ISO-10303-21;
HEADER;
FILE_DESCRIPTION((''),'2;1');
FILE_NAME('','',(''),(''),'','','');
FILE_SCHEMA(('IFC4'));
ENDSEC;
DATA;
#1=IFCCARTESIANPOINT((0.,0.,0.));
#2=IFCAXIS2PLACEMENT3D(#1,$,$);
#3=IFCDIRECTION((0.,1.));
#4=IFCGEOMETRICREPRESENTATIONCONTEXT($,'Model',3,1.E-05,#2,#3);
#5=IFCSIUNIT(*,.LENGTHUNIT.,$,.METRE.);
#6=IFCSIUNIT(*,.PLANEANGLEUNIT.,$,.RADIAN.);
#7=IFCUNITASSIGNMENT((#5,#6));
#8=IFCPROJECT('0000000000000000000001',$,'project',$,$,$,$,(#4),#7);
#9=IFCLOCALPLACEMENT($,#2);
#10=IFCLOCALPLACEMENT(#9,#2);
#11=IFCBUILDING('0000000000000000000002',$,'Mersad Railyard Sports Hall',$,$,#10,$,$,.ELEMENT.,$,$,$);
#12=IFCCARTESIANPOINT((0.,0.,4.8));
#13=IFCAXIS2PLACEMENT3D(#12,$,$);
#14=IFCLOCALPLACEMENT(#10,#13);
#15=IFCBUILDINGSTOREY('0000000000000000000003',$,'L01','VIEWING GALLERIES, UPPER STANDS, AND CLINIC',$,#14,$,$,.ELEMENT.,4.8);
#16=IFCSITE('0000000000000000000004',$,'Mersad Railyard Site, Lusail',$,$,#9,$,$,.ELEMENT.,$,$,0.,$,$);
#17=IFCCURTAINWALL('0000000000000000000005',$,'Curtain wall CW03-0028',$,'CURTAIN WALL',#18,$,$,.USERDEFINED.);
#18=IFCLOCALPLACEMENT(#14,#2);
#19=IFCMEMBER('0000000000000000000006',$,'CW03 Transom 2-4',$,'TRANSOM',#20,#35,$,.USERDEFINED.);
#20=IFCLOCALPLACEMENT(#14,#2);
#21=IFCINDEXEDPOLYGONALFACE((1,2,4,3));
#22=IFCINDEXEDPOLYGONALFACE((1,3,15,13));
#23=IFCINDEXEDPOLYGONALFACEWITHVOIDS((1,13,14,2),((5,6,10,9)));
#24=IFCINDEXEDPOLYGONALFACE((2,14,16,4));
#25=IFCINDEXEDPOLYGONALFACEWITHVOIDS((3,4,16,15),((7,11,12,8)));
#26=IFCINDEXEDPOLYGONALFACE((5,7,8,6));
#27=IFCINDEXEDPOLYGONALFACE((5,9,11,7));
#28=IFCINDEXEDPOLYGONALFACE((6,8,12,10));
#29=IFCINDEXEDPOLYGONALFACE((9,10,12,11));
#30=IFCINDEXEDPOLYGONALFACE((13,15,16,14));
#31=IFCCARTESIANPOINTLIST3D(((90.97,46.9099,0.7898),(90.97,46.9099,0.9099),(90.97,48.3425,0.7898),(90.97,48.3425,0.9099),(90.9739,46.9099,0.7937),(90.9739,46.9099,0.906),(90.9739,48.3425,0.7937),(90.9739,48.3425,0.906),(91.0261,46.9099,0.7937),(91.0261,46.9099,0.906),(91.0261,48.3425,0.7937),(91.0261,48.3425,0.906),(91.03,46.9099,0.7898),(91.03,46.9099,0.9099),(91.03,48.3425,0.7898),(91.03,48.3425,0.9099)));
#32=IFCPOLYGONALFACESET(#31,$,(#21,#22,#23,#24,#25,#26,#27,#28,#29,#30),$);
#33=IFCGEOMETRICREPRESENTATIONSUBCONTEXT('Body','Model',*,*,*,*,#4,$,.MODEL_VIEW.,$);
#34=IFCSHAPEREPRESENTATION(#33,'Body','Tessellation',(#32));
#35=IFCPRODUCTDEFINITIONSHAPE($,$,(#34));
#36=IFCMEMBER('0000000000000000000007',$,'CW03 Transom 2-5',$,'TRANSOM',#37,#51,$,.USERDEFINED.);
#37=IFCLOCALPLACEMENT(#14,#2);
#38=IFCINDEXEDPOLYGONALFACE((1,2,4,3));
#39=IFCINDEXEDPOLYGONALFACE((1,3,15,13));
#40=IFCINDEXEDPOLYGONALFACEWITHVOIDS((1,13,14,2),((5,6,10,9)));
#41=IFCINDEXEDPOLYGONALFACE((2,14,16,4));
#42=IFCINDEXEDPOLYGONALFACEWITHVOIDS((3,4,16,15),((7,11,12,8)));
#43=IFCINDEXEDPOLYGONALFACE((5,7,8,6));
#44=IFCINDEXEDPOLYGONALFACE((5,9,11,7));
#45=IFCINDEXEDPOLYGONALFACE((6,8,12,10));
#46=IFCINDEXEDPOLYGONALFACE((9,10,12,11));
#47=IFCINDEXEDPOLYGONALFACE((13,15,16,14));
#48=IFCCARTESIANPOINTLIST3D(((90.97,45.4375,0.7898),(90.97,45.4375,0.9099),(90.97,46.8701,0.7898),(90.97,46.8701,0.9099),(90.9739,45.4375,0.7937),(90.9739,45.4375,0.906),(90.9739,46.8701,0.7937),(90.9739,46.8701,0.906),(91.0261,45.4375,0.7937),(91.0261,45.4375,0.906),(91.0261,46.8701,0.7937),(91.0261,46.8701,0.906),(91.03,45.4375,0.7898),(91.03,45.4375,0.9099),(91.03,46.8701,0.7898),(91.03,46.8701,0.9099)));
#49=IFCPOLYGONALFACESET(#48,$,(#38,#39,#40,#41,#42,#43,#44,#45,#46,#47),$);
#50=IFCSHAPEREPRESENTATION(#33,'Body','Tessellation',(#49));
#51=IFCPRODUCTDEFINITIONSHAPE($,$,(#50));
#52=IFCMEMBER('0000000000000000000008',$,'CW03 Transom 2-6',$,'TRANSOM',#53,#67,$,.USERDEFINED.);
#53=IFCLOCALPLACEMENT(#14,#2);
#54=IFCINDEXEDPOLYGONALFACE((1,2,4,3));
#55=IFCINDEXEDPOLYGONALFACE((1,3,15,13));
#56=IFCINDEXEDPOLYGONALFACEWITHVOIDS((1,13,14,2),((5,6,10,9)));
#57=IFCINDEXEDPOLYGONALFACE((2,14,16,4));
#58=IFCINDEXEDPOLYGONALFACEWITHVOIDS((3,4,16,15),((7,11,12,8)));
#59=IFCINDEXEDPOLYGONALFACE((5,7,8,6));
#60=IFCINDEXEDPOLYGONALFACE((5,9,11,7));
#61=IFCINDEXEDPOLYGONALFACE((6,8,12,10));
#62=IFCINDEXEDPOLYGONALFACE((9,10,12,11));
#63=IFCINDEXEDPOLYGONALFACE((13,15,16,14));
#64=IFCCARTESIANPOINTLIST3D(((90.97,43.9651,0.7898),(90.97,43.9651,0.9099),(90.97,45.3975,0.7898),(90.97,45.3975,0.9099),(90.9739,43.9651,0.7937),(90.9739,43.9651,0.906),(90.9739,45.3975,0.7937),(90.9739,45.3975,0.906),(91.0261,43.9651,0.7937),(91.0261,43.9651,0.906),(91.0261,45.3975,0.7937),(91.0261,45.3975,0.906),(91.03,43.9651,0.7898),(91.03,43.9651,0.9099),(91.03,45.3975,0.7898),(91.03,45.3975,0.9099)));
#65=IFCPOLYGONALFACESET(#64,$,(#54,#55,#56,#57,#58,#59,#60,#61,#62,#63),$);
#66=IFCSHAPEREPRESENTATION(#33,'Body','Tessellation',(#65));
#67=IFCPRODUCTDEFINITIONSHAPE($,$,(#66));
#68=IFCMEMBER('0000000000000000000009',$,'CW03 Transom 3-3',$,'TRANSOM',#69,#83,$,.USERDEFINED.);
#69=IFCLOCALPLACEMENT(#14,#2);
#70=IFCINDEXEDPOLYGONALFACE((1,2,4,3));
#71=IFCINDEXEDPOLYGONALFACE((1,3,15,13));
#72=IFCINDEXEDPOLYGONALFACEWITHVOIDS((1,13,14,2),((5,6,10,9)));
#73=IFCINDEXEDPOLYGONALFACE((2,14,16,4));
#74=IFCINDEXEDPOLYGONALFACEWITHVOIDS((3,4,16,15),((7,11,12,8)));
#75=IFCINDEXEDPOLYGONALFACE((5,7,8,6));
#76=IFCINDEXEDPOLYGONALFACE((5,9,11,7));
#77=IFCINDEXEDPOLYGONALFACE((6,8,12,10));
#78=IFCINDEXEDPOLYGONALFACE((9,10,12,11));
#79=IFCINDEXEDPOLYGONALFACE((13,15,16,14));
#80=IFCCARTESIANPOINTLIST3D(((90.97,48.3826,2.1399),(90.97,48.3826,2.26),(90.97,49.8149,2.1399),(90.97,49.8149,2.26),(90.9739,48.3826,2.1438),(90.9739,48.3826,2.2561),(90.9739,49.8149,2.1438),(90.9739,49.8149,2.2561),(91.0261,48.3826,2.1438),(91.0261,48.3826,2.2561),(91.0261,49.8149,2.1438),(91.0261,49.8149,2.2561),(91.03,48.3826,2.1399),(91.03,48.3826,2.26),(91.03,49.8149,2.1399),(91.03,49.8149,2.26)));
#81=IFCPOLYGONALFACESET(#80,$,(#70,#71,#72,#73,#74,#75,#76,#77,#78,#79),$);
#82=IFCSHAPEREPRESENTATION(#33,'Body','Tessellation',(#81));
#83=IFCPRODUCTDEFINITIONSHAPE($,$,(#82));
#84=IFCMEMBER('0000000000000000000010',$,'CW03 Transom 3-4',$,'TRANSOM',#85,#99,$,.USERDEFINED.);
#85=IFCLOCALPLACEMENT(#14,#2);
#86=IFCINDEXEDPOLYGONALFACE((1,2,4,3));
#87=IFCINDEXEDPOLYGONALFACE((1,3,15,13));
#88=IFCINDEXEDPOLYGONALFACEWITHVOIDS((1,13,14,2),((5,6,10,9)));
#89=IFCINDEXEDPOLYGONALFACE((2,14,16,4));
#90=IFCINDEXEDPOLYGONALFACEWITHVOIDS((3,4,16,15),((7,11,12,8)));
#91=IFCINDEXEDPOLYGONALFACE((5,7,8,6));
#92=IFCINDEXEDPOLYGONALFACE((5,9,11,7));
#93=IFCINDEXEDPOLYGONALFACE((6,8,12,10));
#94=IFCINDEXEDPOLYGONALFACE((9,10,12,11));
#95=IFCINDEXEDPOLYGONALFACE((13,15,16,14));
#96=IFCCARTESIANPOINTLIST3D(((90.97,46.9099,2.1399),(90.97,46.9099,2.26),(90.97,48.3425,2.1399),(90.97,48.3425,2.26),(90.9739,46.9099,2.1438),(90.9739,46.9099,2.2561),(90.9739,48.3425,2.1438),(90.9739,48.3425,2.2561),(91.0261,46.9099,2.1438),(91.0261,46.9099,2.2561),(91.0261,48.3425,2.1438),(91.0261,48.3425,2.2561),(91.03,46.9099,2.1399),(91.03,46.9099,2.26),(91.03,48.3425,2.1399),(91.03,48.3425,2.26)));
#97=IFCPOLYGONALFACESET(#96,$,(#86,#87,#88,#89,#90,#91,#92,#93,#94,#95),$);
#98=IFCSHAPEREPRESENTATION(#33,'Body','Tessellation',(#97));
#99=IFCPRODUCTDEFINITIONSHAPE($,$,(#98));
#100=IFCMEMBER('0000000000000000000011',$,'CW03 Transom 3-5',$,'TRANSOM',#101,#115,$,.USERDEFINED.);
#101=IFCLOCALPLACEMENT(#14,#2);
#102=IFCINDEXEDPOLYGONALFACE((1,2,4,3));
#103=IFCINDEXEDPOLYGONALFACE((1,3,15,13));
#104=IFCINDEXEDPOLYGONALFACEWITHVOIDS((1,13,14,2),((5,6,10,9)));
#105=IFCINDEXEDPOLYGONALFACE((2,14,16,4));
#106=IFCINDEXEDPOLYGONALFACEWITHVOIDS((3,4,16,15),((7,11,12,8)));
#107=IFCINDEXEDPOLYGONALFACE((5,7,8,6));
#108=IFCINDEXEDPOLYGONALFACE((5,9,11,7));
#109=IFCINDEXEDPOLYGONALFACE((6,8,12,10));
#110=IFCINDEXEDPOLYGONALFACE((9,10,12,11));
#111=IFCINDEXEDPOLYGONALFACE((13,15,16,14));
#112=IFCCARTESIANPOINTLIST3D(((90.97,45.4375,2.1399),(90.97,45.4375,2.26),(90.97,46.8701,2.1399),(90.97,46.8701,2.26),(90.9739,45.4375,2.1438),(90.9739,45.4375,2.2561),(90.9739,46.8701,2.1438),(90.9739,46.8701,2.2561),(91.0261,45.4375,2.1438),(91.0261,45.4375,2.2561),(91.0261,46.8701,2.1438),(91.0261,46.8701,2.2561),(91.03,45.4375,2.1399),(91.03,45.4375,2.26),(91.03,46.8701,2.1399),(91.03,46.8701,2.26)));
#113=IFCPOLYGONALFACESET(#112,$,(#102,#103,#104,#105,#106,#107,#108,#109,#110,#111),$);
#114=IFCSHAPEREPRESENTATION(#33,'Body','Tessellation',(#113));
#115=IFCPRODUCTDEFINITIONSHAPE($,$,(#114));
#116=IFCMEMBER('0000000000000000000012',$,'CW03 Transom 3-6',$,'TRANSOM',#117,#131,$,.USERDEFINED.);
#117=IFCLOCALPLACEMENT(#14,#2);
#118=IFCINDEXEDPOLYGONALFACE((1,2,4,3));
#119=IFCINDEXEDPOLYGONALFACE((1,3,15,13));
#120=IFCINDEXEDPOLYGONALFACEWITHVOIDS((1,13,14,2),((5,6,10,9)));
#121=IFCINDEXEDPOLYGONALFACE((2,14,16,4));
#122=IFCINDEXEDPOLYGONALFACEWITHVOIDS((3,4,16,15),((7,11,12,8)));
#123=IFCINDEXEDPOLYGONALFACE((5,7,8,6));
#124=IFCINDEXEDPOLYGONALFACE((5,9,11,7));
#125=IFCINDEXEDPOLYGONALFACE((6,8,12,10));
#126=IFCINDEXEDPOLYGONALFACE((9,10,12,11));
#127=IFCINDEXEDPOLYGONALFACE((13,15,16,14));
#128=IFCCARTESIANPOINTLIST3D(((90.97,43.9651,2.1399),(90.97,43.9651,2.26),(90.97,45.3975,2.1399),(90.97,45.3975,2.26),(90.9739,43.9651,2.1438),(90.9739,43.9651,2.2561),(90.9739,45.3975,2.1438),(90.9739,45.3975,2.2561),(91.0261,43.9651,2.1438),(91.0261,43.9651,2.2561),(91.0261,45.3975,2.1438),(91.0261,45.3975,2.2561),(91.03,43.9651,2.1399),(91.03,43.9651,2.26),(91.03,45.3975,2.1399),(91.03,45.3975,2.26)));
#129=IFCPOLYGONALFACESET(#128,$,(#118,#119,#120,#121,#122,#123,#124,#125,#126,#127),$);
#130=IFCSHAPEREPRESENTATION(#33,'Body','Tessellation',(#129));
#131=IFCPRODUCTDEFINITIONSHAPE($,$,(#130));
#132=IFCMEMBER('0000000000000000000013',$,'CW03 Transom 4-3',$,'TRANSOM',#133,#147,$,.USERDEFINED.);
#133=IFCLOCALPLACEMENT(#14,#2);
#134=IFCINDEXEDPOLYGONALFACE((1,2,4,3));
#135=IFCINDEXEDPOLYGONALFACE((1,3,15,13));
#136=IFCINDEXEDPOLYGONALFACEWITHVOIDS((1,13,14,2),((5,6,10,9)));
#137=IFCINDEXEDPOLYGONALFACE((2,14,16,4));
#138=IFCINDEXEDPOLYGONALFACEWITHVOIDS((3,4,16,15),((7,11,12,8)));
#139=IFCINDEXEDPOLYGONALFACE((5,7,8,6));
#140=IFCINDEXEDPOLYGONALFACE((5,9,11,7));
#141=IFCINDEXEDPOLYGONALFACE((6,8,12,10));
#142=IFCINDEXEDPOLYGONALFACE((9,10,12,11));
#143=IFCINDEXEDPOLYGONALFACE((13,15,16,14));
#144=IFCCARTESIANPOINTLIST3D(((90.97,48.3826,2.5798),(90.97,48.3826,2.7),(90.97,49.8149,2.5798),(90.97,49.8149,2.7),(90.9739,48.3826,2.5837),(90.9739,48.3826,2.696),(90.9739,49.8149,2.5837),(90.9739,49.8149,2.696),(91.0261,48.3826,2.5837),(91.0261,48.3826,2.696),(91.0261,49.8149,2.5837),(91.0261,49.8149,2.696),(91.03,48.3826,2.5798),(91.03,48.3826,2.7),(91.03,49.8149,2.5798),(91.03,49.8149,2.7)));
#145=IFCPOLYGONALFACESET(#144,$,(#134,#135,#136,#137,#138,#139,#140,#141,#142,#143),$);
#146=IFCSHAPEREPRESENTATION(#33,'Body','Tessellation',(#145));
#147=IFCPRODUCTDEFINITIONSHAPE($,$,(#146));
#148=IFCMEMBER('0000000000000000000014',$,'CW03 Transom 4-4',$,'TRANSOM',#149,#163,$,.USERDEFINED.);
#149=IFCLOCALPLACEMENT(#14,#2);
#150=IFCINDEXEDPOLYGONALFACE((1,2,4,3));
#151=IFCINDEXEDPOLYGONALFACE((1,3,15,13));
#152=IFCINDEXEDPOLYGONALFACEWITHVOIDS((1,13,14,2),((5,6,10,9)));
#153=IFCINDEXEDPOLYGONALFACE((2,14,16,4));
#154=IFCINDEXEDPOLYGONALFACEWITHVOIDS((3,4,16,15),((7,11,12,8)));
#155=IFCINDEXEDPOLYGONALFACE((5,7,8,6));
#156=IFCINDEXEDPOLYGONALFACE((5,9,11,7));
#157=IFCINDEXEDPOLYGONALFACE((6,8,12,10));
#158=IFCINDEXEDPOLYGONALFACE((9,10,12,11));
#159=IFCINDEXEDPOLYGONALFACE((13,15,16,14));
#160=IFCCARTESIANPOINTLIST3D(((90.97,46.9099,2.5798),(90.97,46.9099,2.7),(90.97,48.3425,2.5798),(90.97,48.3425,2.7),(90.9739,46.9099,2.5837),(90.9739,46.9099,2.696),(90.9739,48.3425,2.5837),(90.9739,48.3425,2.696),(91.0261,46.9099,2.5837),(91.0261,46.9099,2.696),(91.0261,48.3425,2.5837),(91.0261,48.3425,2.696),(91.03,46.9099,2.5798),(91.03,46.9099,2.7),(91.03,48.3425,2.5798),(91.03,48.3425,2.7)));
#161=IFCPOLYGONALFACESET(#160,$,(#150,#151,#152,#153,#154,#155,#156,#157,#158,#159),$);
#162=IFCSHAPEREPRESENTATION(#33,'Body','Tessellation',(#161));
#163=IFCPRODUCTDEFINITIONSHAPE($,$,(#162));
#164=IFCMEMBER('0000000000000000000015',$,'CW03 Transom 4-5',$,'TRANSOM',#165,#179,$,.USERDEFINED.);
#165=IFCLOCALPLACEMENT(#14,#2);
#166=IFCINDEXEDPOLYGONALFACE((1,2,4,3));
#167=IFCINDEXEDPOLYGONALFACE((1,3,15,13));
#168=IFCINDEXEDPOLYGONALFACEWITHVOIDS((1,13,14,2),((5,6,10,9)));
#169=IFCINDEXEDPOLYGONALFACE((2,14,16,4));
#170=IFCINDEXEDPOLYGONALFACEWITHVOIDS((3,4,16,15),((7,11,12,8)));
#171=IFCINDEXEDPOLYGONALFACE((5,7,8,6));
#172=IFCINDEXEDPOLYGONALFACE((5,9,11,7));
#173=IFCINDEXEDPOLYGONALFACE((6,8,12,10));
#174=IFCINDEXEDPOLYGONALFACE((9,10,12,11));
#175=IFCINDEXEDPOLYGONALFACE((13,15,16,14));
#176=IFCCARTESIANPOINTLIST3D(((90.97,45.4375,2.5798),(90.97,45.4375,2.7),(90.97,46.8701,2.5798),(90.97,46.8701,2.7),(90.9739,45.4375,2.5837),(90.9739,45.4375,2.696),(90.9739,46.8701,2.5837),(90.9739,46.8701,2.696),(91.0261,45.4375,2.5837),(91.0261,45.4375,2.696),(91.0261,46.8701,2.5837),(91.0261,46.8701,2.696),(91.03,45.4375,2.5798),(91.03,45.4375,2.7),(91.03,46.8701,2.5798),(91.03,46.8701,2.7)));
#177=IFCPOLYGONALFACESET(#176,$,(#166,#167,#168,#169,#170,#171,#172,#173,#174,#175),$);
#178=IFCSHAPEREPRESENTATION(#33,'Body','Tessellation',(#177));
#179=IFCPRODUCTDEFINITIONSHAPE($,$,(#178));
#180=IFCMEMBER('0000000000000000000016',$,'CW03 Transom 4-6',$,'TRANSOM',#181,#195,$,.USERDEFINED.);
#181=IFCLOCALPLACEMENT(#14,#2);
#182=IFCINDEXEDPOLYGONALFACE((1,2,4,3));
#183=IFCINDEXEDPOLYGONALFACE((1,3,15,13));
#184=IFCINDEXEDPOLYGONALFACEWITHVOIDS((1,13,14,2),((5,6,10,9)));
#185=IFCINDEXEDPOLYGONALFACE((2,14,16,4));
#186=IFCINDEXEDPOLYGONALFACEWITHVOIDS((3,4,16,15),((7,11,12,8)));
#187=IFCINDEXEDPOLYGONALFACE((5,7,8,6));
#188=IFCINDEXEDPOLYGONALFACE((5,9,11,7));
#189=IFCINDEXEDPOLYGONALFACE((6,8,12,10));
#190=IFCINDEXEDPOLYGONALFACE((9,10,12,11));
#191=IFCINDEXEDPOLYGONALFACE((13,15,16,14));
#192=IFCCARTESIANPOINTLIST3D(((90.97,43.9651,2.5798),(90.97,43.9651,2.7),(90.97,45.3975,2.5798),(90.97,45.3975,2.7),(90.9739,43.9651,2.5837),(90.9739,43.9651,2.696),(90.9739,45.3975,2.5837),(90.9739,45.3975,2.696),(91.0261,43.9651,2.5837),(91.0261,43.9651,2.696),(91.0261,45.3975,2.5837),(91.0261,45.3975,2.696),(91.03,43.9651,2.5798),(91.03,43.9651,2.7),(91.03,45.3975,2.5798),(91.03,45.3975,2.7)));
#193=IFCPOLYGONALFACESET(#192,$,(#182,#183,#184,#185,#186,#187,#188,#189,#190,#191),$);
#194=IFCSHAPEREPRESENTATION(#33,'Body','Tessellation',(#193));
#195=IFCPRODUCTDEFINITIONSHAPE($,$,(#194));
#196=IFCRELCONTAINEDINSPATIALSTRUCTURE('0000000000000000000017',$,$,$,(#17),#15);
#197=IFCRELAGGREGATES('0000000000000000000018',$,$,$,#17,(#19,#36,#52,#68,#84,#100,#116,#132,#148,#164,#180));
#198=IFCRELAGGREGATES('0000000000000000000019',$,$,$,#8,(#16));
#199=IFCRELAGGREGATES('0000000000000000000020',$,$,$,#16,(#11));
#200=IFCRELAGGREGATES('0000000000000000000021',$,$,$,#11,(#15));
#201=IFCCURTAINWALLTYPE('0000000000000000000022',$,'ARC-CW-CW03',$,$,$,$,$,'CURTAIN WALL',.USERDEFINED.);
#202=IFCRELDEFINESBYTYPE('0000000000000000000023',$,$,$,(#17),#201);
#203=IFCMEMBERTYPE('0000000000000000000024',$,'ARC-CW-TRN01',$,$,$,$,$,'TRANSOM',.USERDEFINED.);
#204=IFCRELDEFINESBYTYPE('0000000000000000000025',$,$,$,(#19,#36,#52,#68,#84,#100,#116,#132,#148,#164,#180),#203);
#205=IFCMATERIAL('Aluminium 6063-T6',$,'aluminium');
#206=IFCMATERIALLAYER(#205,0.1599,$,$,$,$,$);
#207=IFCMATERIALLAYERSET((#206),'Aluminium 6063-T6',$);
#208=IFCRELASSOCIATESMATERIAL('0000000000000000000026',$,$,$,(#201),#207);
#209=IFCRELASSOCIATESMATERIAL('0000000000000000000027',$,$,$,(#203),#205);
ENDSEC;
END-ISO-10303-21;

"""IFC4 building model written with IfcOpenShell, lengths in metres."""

from ifc_helpers import new_model, si_unit, direction, frame, origin, origin_2d, place, context, subcontext, project, spatial, hollow_rectangle, extrude, material, layer, layer_set, material_profile, profile_set, type_object, element, aggregate, save


model = new_model("IFC4")

# Units and contexts
model_context = context("Model", 3, precision=1e-05, world=origin(), true_north=direction((0.0, 1.0)))
body_context = subcontext(model_context, "Body", "Model", "MODEL_VIEW")
ifc_project = project(units=[si_unit("LENGTHUNIT", "METRE"), si_unit("PLANEANGLEUNIT", "RADIAN")], contexts=[model_context])

# Site, building, storey
site_placement = place(None, origin())
site = spatial("IfcSite", under=ifc_project, at=site_placement, Name="Mersad Railyard Site, Lusail", CompositionType="ELEMENT", RefElevation=0.0)
building_placement = place(site_placement, origin())
building = spatial("IfcBuilding", under=site, at=building_placement, Name="Mersad Railyard Sports Hall", CompositionType="ELEMENT")
storey_placement = place(building_placement, frame((0.0, 0.0, 4.8)))
storey = spatial("IfcBuildingStorey", under=building, at=storey_placement, Name="L01", Description="VIEWING GALLERIES, UPPER STANDS, AND CLINIC", CompositionType="ELEMENT", Elevation=4.8)

# Shared definitions
ifc_material_1 = material(Name="Aluminium 6063-T6", Category="aluminium")

# Curtain wall
ifc_layer_1 = layer(ifc_material_1, 0.1599)
ifc_layer_set_1 = layer_set([ifc_layer_1], Name="Aluminium 6063-T6")
curtain_wall_type_1 = type_object("IfcCurtainWallType", Name="ARC-CW-CW03", ElementType="CURTAIN WALL", PredefinedType="USERDEFINED", material=ifc_layer_set_1)
curtain_wall_1_placement = place(storey_placement, origin())
curtain_wall_1 = element("IfcCurtainWall", 1, at=curtain_wall_1_placement, inside=storey, type_object=curtain_wall_type_1, Name="Curtain wall CW03-0028", ObjectType="CURTAIN WALL", PredefinedType="USERDEFINED")

# Members
ifc_material_profile_1 = material_profile(ifc_material_1, hollow_rectangle(XDim=0.0601, YDim=0.1201, WallThickness=0.0039, at=origin_2d()), Name="AL TRANSOM 60x120x4")
ifc_profile_set_1 = profile_set([ifc_material_profile_1], Name="Aluminium 6063-T6")
member_type_1 = type_object("IfcMemberType", Name="ARC-CW-TRN01", ElementType="TRANSOM", PredefinedType="USERDEFINED", material=ifc_profile_set_1)
member_1_placement = place(storey_placement, frame((91.0, 48.3425, 0.8499), z_axis=(0.0, -1.0, 0.0), x_axis=(1.0, 0.0, 0.0)))
member_1 = element("IfcMember", 2, at=member_1_placement, type_object=member_type_1, Name="CW03 Transom 2-4", ObjectType="TRANSOM", PredefinedType="USERDEFINED", context=body_context, shape_type="SweptSolid", body=[
    extrude(hollow_rectangle(XDim=0.0601, YDim=0.1201, WallThickness=0.0039, at=origin_2d()), origin(), (0.0, 0.0, 1.0), 1.4326),
])
member_2_placement = place(storey_placement, frame((91.0, 46.8701, 0.8499), z_axis=(0.0, -1.0, 0.0), x_axis=(1.0, 0.0, 0.0)))
member_2 = element("IfcMember", 3, at=member_2_placement, type_object=member_type_1, Name="CW03 Transom 2-5", ObjectType="TRANSOM", PredefinedType="USERDEFINED", context=body_context, shape_type="SweptSolid", body=[
    extrude(hollow_rectangle(XDim=0.0601, YDim=0.1201, WallThickness=0.0039, at=origin_2d()), origin(), (0.0, 0.0, 1.0), 1.4326),
])
member_3_placement = place(storey_placement, frame((91.0, 45.3975, 0.8499), z_axis=(0.0, -1.0, 0.0), x_axis=(1.0, 0.0, 0.0)))
member_3 = element("IfcMember", 4, at=member_3_placement, type_object=member_type_1, Name="CW03 Transom 2-6", ObjectType="TRANSOM", PredefinedType="USERDEFINED", context=body_context, shape_type="SweptSolid", body=[
    extrude(hollow_rectangle(XDim=0.0601, YDim=0.1201, WallThickness=0.0039, at=origin_2d()), origin(), (0.0, 0.0, 1.0), 1.4324),
])
member_4_placement = place(storey_placement, frame((91.0, 49.8149, 2.2), z_axis=(0.0, -1.0, 0.0), x_axis=(1.0, 0.0, 0.0)))
member_4 = element("IfcMember", 5, at=member_4_placement, type_object=member_type_1, Name="CW03 Transom 3-3", ObjectType="TRANSOM", PredefinedType="USERDEFINED", context=body_context, shape_type="SweptSolid", body=[
    extrude(hollow_rectangle(XDim=0.0601, YDim=0.1201, WallThickness=0.0039, at=origin_2d()), origin(), (0.0, 0.0, 1.0), 1.4324),
])
member_5_placement = place(storey_placement, frame((91.0, 48.3425, 2.2), z_axis=(0.0, -1.0, 0.0), x_axis=(1.0, 0.0, 0.0)))
member_5 = element("IfcMember", 6, at=member_5_placement, type_object=member_type_1, Name="CW03 Transom 3-4", ObjectType="TRANSOM", PredefinedType="USERDEFINED", context=body_context, shape_type="SweptSolid", body=[
    extrude(hollow_rectangle(XDim=0.0601, YDim=0.1201, WallThickness=0.0039, at=origin_2d()), origin(), (0.0, 0.0, 1.0), 1.4326),
])
member_6_placement = place(storey_placement, frame((91.0, 46.8701, 2.2), z_axis=(0.0, -1.0, 0.0), x_axis=(1.0, 0.0, 0.0)))
member_6 = element("IfcMember", 7, at=member_6_placement, type_object=member_type_1, Name="CW03 Transom 3-5", ObjectType="TRANSOM", PredefinedType="USERDEFINED", context=body_context, shape_type="SweptSolid", body=[
    extrude(hollow_rectangle(XDim=0.0601, YDim=0.1201, WallThickness=0.0039, at=origin_2d()), origin(), (0.0, 0.0, 1.0), 1.4326),
])
member_7_placement = place(storey_placement, frame((91.0, 45.3975, 2.2), z_axis=(0.0, -1.0, 0.0), x_axis=(1.0, 0.0, 0.0)))
member_7 = element("IfcMember", 8, at=member_7_placement, type_object=member_type_1, Name="CW03 Transom 3-6", ObjectType="TRANSOM", PredefinedType="USERDEFINED", context=body_context, shape_type="SweptSolid", body=[
    extrude(hollow_rectangle(XDim=0.0601, YDim=0.1201, WallThickness=0.0039, at=origin_2d()), origin(), (0.0, 0.0, 1.0), 1.4324),
])
member_8_placement = place(storey_placement, frame((91.0, 49.8149, 2.6399), z_axis=(0.0, -1.0, 0.0), x_axis=(1.0, 0.0, 0.0)))
member_8 = element("IfcMember", 9, at=member_8_placement, type_object=member_type_1, Name="CW03 Transom 4-3", ObjectType="TRANSOM", PredefinedType="USERDEFINED", context=body_context, shape_type="SweptSolid", body=[
    extrude(hollow_rectangle(XDim=0.0601, YDim=0.1201, WallThickness=0.0039, at=origin_2d()), origin(), (0.0, 0.0, 1.0), 1.4324),
])
member_9_placement = place(storey_placement, frame((91.0, 48.3425, 2.6399), z_axis=(0.0, -1.0, 0.0), x_axis=(1.0, 0.0, 0.0)))
member_9 = element("IfcMember", 10, at=member_9_placement, type_object=member_type_1, Name="CW03 Transom 4-4", ObjectType="TRANSOM", PredefinedType="USERDEFINED", context=body_context, shape_type="SweptSolid", body=[
    extrude(hollow_rectangle(XDim=0.0601, YDim=0.1201, WallThickness=0.0039, at=origin_2d()), origin(), (0.0, 0.0, 1.0), 1.4326),
])
member_10_placement = place(storey_placement, frame((91.0, 46.8701, 2.6399), z_axis=(0.0, -1.0, 0.0), x_axis=(1.0, 0.0, 0.0)))
member_10 = element("IfcMember", 11, at=member_10_placement, type_object=member_type_1, Name="CW03 Transom 4-5", ObjectType="TRANSOM", PredefinedType="USERDEFINED", context=body_context, shape_type="SweptSolid", body=[
    extrude(hollow_rectangle(XDim=0.0601, YDim=0.1201, WallThickness=0.0039, at=origin_2d()), origin(), (0.0, 0.0, 1.0), 1.4326),
])
member_11_placement = place(storey_placement, frame((91.0, 45.3975, 2.6399), z_axis=(0.0, -1.0, 0.0), x_axis=(1.0, 0.0, 0.0)))
member_11 = element("IfcMember", 12, at=member_11_placement, type_object=member_type_1, Name="CW03 Transom 4-6", ObjectType="TRANSOM", PredefinedType="USERDEFINED", context=body_context, shape_type="SweptSolid", body=[
    extrude(hollow_rectangle(XDim=0.0601, YDim=0.1201, WallThickness=0.0039, at=origin_2d()), origin(), (0.0, 0.0, 1.0), 1.4324),
])

aggregate(curtain_wall_1, [member_1, member_2, member_3, member_4, member_5, member_6, member_7, member_8, member_9, member_10, member_11])

save(model, "model.ifc")
